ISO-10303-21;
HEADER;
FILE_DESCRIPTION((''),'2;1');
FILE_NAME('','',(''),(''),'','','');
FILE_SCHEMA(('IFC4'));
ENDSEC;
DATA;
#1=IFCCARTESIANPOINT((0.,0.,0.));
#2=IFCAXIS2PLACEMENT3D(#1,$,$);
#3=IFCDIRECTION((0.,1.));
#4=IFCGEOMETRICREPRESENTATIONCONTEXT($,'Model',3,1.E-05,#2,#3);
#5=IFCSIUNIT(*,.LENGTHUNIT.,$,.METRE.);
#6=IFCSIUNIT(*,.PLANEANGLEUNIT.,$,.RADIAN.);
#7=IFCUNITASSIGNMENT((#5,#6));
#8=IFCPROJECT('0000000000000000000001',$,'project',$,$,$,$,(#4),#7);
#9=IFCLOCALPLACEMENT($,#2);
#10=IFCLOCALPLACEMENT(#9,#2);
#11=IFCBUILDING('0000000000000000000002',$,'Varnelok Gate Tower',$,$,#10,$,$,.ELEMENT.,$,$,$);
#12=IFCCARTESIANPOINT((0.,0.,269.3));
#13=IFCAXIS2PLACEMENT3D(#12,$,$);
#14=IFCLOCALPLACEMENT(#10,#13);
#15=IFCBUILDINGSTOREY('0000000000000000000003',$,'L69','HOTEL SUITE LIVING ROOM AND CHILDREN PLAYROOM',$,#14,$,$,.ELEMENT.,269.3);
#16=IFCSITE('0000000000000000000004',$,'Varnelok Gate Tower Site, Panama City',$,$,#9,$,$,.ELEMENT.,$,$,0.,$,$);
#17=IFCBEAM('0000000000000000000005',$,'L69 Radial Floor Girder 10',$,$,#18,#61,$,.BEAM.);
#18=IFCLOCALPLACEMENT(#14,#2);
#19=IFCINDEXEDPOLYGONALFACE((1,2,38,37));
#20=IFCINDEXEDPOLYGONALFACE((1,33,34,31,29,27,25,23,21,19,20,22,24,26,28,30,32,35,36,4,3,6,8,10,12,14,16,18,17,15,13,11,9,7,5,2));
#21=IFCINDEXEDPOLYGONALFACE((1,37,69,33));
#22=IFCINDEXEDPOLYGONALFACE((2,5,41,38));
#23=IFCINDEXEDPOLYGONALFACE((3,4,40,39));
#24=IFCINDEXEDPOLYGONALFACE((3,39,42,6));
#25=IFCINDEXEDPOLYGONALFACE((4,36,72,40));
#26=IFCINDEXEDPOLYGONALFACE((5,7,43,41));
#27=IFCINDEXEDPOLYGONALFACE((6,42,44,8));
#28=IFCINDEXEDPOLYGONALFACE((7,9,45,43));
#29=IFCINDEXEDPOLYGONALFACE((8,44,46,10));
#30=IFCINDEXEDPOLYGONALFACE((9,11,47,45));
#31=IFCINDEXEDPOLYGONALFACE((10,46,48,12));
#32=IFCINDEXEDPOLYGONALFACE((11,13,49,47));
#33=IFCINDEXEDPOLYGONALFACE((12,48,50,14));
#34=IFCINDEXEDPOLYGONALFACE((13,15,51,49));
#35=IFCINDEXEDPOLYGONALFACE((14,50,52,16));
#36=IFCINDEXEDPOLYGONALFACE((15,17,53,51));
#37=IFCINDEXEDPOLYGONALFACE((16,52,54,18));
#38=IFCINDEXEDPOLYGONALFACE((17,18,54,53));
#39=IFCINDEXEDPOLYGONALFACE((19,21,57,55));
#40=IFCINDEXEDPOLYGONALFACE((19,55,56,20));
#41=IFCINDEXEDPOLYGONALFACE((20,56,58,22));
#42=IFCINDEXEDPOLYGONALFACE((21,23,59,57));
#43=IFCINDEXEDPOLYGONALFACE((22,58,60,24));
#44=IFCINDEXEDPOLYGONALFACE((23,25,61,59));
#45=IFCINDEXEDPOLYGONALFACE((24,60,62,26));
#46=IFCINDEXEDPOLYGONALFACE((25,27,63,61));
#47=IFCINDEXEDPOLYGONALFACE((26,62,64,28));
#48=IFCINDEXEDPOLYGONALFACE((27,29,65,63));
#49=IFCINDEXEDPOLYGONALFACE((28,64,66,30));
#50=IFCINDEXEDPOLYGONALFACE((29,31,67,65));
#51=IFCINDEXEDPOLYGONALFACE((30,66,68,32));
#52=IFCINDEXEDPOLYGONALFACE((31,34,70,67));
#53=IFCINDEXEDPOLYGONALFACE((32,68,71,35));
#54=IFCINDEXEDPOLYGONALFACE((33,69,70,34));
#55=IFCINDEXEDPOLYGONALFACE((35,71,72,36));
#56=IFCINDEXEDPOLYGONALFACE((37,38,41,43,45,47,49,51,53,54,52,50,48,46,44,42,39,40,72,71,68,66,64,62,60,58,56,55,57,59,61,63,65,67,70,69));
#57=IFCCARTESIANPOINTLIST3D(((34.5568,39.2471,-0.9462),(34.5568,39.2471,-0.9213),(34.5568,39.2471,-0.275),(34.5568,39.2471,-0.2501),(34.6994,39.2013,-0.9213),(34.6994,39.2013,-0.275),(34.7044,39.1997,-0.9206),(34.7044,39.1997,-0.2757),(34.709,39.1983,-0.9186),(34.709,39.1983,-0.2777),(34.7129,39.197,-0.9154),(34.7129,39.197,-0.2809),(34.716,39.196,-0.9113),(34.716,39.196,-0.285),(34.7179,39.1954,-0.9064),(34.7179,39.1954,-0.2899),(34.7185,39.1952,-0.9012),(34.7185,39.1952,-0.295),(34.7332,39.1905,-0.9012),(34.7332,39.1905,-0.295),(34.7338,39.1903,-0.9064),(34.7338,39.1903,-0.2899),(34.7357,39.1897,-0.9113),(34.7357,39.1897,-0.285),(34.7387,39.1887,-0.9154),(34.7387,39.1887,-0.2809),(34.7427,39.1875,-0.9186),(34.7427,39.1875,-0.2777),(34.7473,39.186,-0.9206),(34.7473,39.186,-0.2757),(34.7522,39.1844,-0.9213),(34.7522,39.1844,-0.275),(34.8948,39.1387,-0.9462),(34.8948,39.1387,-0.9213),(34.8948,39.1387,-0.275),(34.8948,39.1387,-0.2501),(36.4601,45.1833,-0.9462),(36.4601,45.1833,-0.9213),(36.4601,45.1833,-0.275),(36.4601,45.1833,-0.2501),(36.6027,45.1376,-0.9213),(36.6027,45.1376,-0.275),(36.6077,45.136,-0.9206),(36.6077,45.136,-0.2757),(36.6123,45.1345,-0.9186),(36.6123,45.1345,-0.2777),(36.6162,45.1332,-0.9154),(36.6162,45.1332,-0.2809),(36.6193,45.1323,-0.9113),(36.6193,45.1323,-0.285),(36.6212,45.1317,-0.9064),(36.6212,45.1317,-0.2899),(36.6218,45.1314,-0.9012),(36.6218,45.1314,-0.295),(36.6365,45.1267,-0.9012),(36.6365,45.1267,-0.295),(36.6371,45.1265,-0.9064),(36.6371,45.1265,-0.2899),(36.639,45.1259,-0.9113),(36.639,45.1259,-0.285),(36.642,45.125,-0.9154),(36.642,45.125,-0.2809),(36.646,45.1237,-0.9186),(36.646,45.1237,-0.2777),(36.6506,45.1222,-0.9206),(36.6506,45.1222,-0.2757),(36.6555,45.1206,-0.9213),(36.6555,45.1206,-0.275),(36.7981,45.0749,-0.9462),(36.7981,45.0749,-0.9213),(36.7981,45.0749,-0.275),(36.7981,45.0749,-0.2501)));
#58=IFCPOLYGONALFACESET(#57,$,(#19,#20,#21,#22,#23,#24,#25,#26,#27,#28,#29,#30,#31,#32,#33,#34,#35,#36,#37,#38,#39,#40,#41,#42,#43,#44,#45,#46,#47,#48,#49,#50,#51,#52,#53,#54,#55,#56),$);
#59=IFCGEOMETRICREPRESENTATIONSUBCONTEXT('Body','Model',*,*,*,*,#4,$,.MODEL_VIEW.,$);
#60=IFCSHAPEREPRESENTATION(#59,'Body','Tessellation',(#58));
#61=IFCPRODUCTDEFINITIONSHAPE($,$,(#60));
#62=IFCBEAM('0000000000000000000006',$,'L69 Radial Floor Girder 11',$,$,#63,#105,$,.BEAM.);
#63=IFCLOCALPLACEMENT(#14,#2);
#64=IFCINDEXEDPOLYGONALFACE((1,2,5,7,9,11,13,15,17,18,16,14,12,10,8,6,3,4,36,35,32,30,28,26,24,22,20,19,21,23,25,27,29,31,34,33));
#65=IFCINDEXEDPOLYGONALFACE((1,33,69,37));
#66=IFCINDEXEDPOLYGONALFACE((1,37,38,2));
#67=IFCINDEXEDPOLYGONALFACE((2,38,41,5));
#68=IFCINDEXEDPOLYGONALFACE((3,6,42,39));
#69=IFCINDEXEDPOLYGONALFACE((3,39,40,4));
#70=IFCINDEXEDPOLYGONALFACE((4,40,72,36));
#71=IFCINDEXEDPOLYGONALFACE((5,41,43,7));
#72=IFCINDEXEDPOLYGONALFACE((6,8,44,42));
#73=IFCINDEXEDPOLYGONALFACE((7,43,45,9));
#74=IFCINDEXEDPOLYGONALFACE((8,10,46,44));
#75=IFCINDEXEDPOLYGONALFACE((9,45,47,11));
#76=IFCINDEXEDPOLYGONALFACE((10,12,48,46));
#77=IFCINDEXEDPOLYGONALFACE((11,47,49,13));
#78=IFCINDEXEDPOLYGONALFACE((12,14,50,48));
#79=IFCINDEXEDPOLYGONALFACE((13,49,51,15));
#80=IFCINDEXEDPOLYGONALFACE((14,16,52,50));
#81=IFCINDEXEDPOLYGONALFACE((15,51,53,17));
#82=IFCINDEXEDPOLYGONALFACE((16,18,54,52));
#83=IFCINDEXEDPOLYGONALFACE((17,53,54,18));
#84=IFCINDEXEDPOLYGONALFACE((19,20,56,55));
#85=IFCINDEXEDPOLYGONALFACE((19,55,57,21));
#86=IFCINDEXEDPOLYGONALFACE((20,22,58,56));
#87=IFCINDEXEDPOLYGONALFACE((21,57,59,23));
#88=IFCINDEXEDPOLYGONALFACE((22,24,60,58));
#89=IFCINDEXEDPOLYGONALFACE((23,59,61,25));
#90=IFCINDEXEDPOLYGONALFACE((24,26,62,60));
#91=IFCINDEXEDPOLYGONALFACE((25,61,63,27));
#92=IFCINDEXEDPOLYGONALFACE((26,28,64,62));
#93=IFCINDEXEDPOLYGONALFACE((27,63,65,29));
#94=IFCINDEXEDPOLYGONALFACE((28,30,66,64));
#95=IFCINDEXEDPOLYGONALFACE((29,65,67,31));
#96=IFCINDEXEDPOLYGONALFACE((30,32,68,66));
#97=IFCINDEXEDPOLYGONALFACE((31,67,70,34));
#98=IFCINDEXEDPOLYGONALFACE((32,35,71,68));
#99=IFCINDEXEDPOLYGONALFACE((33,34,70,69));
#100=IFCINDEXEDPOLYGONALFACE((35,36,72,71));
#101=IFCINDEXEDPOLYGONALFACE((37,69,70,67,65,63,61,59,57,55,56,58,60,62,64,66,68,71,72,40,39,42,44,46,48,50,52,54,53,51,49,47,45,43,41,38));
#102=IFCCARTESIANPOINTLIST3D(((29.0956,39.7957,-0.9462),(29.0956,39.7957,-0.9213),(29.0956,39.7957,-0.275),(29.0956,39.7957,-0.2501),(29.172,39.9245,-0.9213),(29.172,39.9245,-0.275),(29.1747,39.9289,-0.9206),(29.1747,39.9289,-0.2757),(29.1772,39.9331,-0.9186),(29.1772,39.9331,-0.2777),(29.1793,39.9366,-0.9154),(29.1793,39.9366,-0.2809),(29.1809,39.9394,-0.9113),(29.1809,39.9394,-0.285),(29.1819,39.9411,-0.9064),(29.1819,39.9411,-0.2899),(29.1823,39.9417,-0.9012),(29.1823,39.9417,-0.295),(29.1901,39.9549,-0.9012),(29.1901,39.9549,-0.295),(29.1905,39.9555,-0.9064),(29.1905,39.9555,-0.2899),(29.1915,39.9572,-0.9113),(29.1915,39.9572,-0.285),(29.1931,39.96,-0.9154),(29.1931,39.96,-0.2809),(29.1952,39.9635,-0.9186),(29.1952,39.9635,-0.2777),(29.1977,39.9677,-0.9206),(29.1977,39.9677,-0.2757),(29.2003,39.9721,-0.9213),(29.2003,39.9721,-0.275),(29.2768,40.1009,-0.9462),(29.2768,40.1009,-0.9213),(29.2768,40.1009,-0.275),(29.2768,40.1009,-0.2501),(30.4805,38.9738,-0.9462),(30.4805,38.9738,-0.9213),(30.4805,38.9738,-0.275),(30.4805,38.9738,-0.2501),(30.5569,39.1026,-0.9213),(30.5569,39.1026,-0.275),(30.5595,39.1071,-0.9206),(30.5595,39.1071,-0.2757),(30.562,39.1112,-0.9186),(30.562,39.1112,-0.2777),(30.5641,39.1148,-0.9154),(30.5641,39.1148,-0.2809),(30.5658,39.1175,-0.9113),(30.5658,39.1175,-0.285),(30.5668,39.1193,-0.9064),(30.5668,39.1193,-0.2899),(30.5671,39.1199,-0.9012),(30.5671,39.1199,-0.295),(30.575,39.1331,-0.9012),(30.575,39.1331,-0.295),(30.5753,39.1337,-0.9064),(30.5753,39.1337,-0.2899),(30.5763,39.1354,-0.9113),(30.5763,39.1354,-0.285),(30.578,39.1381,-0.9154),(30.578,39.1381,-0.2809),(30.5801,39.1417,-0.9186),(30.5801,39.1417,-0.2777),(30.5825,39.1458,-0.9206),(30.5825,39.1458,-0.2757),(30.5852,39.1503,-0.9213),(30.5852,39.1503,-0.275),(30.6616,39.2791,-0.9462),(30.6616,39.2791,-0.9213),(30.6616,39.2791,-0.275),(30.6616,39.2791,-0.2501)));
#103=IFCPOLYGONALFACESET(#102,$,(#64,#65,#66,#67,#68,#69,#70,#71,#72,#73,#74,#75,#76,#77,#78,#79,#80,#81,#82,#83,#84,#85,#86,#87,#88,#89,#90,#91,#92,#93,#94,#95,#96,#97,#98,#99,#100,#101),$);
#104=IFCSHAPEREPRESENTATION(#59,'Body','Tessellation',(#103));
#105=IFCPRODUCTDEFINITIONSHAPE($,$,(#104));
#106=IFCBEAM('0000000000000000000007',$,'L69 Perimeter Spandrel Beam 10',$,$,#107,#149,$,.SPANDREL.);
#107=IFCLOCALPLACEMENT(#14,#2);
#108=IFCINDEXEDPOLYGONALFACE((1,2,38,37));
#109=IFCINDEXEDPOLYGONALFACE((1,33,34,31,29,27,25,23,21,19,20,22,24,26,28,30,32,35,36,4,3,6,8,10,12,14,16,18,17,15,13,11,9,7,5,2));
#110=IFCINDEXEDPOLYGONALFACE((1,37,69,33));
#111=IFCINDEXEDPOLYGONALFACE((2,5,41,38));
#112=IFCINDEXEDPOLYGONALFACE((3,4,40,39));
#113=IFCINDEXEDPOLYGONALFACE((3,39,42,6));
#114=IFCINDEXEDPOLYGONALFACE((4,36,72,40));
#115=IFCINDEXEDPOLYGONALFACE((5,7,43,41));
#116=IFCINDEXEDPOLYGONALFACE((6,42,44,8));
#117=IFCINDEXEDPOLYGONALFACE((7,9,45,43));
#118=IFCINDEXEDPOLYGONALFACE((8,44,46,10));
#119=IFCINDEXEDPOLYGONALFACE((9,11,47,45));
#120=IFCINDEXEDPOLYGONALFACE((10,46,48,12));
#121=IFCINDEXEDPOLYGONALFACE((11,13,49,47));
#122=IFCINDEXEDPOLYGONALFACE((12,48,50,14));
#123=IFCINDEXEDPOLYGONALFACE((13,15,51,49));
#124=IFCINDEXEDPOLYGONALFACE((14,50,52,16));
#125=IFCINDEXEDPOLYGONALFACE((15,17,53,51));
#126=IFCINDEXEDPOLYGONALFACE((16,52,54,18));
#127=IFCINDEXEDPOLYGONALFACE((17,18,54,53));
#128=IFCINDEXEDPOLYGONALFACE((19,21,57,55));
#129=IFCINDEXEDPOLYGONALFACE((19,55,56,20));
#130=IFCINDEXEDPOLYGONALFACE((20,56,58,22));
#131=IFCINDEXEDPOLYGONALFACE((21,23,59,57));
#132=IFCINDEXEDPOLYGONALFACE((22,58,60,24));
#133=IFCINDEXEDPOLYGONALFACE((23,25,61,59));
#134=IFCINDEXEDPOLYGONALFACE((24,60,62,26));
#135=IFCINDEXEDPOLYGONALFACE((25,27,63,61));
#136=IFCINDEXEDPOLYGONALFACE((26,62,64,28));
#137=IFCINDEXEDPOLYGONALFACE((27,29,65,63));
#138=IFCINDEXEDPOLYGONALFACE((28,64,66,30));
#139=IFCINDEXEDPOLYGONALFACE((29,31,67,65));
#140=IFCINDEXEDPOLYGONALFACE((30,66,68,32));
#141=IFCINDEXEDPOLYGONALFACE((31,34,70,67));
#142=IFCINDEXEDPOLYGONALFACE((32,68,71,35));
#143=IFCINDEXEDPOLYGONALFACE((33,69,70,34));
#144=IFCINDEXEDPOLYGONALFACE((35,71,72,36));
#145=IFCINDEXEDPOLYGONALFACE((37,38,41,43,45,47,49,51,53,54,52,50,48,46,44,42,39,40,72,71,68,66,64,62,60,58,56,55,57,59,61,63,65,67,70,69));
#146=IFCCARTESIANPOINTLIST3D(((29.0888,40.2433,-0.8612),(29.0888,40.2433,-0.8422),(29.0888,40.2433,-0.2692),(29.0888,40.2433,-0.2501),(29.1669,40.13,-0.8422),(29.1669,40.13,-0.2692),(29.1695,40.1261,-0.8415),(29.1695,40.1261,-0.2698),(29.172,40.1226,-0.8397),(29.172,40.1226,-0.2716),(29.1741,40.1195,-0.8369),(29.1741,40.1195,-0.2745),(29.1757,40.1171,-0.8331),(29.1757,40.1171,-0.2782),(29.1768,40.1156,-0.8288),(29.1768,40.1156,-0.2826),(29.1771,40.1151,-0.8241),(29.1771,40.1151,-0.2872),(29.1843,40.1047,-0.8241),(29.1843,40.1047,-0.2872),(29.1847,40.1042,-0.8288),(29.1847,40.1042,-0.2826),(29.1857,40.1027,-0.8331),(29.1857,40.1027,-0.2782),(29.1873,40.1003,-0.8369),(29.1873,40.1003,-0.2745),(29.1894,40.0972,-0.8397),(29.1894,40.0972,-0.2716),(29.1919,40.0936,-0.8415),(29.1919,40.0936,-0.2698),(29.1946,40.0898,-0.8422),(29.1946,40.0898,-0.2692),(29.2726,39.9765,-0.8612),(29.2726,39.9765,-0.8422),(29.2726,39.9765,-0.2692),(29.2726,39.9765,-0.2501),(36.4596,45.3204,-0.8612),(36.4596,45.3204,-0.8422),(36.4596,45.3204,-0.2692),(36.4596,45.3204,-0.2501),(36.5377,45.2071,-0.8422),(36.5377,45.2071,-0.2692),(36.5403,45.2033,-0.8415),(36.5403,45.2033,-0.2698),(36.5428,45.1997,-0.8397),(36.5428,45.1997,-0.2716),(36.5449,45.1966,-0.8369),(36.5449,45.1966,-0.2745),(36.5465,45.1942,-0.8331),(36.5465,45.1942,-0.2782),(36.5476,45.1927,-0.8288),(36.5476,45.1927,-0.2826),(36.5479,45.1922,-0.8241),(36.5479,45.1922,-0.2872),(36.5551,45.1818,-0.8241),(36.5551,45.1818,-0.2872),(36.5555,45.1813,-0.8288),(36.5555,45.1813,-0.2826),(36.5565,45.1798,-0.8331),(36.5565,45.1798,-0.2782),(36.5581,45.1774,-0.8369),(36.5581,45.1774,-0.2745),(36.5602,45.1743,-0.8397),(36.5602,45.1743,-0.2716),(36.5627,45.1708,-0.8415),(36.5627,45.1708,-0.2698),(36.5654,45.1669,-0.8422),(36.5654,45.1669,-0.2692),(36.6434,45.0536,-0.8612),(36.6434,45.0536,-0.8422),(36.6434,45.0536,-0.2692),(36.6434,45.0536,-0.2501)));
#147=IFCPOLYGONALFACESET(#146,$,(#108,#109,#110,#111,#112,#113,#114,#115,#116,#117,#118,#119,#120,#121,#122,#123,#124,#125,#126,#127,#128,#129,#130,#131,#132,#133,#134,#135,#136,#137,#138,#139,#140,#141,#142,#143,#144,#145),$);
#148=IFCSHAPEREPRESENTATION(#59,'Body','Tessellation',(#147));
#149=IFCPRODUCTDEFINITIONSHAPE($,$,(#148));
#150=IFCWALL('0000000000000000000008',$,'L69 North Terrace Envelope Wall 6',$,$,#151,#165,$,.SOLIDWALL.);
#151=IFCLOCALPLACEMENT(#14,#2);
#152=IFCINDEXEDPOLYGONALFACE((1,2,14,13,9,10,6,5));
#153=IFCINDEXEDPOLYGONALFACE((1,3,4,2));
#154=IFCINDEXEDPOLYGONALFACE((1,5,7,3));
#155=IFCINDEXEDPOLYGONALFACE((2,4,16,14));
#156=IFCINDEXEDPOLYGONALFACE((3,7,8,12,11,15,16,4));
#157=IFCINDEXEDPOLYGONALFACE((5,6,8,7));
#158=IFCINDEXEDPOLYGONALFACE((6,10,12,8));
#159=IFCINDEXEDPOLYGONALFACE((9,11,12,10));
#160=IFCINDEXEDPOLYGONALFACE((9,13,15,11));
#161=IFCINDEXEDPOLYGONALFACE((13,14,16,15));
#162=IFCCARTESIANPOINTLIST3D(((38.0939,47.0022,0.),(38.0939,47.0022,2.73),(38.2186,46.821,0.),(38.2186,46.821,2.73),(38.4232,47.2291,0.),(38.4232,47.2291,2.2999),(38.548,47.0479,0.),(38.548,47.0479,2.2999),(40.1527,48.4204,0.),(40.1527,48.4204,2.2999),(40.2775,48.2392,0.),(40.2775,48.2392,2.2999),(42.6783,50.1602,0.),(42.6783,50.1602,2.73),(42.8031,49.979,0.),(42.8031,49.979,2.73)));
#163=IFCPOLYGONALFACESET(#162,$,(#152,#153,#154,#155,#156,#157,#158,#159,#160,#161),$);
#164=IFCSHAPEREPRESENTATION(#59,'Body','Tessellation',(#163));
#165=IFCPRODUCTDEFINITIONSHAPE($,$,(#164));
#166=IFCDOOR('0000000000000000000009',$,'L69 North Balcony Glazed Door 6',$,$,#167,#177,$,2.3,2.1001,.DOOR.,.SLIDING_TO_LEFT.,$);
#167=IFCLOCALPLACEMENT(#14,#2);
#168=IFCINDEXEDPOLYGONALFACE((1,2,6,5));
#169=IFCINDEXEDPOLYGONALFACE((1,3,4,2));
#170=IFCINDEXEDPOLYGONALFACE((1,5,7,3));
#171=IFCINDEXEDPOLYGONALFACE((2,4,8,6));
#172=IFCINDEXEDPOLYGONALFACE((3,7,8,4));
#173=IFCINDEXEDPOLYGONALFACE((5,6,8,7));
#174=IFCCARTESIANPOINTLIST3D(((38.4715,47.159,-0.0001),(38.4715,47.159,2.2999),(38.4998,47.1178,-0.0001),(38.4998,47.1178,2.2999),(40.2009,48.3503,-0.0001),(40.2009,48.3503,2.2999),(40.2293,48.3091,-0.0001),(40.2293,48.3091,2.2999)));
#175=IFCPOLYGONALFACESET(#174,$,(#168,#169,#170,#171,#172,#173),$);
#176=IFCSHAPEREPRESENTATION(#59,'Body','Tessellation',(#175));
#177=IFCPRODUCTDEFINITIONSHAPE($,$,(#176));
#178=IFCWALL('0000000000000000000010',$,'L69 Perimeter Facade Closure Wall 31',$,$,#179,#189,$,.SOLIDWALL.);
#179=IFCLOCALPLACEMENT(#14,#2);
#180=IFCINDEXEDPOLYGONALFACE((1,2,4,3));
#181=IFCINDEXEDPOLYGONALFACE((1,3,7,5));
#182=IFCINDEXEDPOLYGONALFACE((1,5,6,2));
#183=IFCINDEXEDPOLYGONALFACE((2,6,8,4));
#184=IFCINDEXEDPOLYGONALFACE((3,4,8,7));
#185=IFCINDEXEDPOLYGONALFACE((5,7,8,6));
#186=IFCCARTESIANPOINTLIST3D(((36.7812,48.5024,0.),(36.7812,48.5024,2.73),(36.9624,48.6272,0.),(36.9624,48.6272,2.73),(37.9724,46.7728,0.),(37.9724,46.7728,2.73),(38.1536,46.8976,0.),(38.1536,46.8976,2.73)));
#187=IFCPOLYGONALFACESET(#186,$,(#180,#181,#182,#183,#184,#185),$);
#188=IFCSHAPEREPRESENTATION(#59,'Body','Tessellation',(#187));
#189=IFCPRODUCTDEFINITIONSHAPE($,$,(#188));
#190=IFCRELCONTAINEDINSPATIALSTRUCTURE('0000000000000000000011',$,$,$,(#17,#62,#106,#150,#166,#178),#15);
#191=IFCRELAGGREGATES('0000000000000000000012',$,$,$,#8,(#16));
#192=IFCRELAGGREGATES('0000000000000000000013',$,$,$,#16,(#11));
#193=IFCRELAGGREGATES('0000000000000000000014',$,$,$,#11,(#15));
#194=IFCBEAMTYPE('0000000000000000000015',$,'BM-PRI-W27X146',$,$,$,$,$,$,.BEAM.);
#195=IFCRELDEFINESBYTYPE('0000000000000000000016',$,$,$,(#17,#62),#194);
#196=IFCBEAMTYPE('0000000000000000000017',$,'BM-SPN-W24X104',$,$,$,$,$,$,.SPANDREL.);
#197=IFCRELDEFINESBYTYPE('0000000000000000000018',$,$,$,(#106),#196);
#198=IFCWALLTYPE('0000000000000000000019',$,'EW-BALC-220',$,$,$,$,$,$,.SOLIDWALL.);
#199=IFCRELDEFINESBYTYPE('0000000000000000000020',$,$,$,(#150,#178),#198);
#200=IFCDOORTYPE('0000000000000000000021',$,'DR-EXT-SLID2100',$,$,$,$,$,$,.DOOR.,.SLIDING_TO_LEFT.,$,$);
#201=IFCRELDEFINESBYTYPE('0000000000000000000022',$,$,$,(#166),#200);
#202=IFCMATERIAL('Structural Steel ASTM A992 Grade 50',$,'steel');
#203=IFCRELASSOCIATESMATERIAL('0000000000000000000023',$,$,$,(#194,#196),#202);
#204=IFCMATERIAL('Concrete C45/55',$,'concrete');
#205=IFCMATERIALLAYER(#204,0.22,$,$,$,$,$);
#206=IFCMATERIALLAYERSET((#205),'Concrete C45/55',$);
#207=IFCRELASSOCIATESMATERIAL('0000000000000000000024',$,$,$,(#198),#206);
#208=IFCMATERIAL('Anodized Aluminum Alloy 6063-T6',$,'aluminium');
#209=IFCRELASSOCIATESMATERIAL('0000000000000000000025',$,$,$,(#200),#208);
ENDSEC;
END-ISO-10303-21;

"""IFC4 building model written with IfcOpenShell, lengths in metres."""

from ifc_helpers import new_model, si_unit, direction, frame, frame_2d, origin, origin_2d, place, context, subcontext, project, spatial, rectangle, i_section, extrude, material, layer, layer_set, material_profile, profile_set, type_object, element, fill, save


model = new_model("IFC4")

# Units and contexts
model_context = context("Model", 3, precision=1e-05, world=origin(), true_north=direction((0.0, 1.0)))
body_context = subcontext(model_context, "Body", "Model", "MODEL_VIEW")
ifc_project = project(units=[si_unit("LENGTHUNIT", "METRE"), si_unit("PLANEANGLEUNIT", "RADIAN")], contexts=[model_context])

# Site, building, storey
site_placement = place(None, origin())
site = spatial("IfcSite", under=ifc_project, at=site_placement, Name="Varnelok Gate Tower Site, Panama City", CompositionType="ELEMENT", RefElevation=0.0)
building_placement = place(site_placement, origin())
building = spatial("IfcBuilding", under=site, at=building_placement, Name="Varnelok Gate Tower", CompositionType="ELEMENT")
storey_placement = place(building_placement, frame((0.0, 0.0, 269.3)))
storey = spatial("IfcBuildingStorey", under=building, at=storey_placement, Name="L69", Description="HOTEL SUITE LIVING ROOM AND CHILDREN PLAYROOM", CompositionType="ELEMENT", Elevation=269.3)

# Shared definitions
ifc_material_1 = material(Name="Structural Steel ASTM A992 Grade 50", Category="steel")

# Beams
ifc_material_profile_1 = material_profile(ifc_material_1, i_section(OverallWidth=0.355, OverallDepth=0.696, WebThickness=0.0154, FlangeThickness=0.0249, FilletRadius=0.02, at=origin_2d()), Name="W27X146")
ifc_profile_set_1 = profile_set([ifc_material_profile_1], Name="Structural Steel ASTM A992 Grade 50")
beam_type_1 = type_object("IfcBeamType", Name="BM-PRI-W27X146", PredefinedType="BEAM", material=ifc_profile_set_1)
beam_1_placement = place(storey_placement, frame((34.7258, 39.1929, -0.5981), z_axis=(0.305316, 0.952251, 0.0), x_axis=(-0.952251, 0.305316, 0.0)))
element("IfcBeam", 1, at=beam_1_placement, inside=storey, type_object=beam_type_1, Name="L69 Radial Floor Girder 10", PredefinedType="BEAM", context=body_context, shape_type="SweptSolid", body=[
    extrude(i_section(OverallWidth=0.355, OverallDepth=0.696, WebThickness=0.0154, FlangeThickness=0.0249, FilletRadius=0.02, at=origin_2d()), origin(), (0.0, 0.0, 1.0), 6.2339),
])
beam_2_placement = place(storey_placement, frame((30.571, 39.1265, -0.5981), z_axis=(-0.859971, 0.510343, 0.0), x_axis=(-0.510343, -0.859971, 0.0)))
element("IfcBeam", 2, at=beam_2_placement, inside=storey, type_object=beam_type_1, Name="L69 Radial Floor Girder 11", PredefinedType="BEAM", context=body_context, shape_type="SweptSolid", body=[
    extrude(i_section(OverallWidth=0.355, OverallDepth=0.696, WebThickness=0.0154, FlangeThickness=0.0249, FilletRadius=0.02, at=origin_2d()), origin(), (0.0, 0.0, 1.0), 1.6104),
])
ifc_material_profile_2 = material_profile(ifc_material_1, i_section(OverallWidth=0.324, OverallDepth=0.6111, WebThickness=0.0127, FlangeThickness=0.019, FilletRadius=0.0181, at=origin_2d()), Name="W24X104")
ifc_profile_set_2 = profile_set([ifc_material_profile_2], Name="Structural Steel ASTM A992 Grade 50")
beam_type_2 = type_object("IfcBeamType", Name="BM-SPN-W24X104", PredefinedType="SPANDREL", material=ifc_profile_set_2)
beam_3_placement = place(storey_placement, frame((36.5515, 45.187, -0.5557), z_axis=(-0.823536, -0.567264, 0.0), x_axis=(0.567264, -0.823536, 0.0)))
element("IfcBeam", 3, at=beam_3_placement, inside=storey, type_object=beam_type_2, Name="L69 Perimeter Spandrel Beam 10", PredefinedType="SPANDREL", context=body_context, shape_type="SweptSolid", body=[
    extrude(i_section(OverallWidth=0.324, OverallDepth=0.6111, WebThickness=0.0127, FlangeThickness=0.019, FilletRadius=0.0181, at=origin_2d()), origin(), (0.0, 0.0, 1.0), 8.9502),
])

# Wall, opening, door
ifc_material_2 = material(Name="Concrete C45/55", Category="concrete")
ifc_layer_1 = layer(ifc_material_2, 0.22)
ifc_layer_set_1 = layer_set([ifc_layer_1], Name="Concrete C45/55")
wall_type_1 = type_object("IfcWallType", Name="EW-BALC-220", PredefinedType="SOLIDWALL", material=ifc_layer_set_1)
wall_1_placement = place(storey_placement, frame((38.1562, 46.9116, 0.0), z_axis=(0.0, 0.0, 1.0), x_axis=(0.823527, 0.567277, 0.0)))
wall_1 = element("IfcWall", 4, at=wall_1_placement, inside=storey, type_object=wall_type_1, Name="L69 North Terrace Envelope Wall 6", PredefinedType="SOLIDWALL", context=body_context, shape_type="SweptSolid", body=[
    extrude(rectangle(XDim=5.5669, YDim=0.22, at=frame_2d((2.7834, 0.0))), origin(), (0.0, 0.0, 1.0), 2.73),
])
opening_1_placement = place(wall_1_placement, frame((0.3999, 0.0, 0.0)))
opening_1 = element("IfcOpeningElement", 5, at=opening_1_placement, cuts=wall_1, PredefinedType="OPENING", context=body_context, shape_type="SweptSolid", body=[
    extrude(rectangle(XDim=2.1001, YDim=2.3, at=frame_2d((1.05, 1.1499))), frame((0.0, 0.1199, 0.0), z_axis=(0.0, -1.0, 0.0), x_axis=(1.0, 0.0, 0.0)), (0.0, 0.0, 1.0), 0.24),
])
ifc_material_3 = material(Name="Anodized Aluminum Alloy 6063-T6", Category="aluminium")
door_type_1 = type_object("IfcDoorType", Name="DR-EXT-SLID2100", OperationType="SLIDING_TO_LEFT", PredefinedType="DOOR", material=ifc_material_3)
door_1_placement = place(opening_1_placement, origin())
door_1 = element("IfcDoor", 6, at=door_1_placement, inside=storey, type_object=door_type_1, Name="L69 North Balcony Glazed Door 6", OperationType="SLIDING_TO_LEFT", OverallHeight=2.3, OverallWidth=2.1001, PredefinedType="DOOR", context=body_context, shape_type="SweptSolid", body=[
    extrude(rectangle(XDim=2.1001, YDim=2.3, at=frame_2d((1.05, 1.1499))), frame((0.0, 0.0249, 0.0), z_axis=(0.0, -1.0, 0.0), x_axis=(1.0, 0.0, 0.0)), (0.0, 0.0, 1.0), 0.05),
])
fill(opening_1, door_1)

# Wall
wall_2_placement = place(storey_placement, frame((38.063, 46.8352, 0.0), z_axis=(0.0, 0.0, 1.0), x_axis=(-0.567219, 0.823567, 0.0)))
element("IfcWall", 7, at=wall_2_placement, inside=storey, type_object=wall_type_1, Name="L69 Perimeter Facade Closure Wall 31", PredefinedType="SOLIDWALL", context=body_context, shape_type="SweptSolid", body=[
    extrude(rectangle(XDim=2.1001, YDim=0.22, at=frame_2d((1.05, 0.0))), origin(), (0.0, 0.0, 1.0), 2.73),
])

save(model, "model.ifc")
